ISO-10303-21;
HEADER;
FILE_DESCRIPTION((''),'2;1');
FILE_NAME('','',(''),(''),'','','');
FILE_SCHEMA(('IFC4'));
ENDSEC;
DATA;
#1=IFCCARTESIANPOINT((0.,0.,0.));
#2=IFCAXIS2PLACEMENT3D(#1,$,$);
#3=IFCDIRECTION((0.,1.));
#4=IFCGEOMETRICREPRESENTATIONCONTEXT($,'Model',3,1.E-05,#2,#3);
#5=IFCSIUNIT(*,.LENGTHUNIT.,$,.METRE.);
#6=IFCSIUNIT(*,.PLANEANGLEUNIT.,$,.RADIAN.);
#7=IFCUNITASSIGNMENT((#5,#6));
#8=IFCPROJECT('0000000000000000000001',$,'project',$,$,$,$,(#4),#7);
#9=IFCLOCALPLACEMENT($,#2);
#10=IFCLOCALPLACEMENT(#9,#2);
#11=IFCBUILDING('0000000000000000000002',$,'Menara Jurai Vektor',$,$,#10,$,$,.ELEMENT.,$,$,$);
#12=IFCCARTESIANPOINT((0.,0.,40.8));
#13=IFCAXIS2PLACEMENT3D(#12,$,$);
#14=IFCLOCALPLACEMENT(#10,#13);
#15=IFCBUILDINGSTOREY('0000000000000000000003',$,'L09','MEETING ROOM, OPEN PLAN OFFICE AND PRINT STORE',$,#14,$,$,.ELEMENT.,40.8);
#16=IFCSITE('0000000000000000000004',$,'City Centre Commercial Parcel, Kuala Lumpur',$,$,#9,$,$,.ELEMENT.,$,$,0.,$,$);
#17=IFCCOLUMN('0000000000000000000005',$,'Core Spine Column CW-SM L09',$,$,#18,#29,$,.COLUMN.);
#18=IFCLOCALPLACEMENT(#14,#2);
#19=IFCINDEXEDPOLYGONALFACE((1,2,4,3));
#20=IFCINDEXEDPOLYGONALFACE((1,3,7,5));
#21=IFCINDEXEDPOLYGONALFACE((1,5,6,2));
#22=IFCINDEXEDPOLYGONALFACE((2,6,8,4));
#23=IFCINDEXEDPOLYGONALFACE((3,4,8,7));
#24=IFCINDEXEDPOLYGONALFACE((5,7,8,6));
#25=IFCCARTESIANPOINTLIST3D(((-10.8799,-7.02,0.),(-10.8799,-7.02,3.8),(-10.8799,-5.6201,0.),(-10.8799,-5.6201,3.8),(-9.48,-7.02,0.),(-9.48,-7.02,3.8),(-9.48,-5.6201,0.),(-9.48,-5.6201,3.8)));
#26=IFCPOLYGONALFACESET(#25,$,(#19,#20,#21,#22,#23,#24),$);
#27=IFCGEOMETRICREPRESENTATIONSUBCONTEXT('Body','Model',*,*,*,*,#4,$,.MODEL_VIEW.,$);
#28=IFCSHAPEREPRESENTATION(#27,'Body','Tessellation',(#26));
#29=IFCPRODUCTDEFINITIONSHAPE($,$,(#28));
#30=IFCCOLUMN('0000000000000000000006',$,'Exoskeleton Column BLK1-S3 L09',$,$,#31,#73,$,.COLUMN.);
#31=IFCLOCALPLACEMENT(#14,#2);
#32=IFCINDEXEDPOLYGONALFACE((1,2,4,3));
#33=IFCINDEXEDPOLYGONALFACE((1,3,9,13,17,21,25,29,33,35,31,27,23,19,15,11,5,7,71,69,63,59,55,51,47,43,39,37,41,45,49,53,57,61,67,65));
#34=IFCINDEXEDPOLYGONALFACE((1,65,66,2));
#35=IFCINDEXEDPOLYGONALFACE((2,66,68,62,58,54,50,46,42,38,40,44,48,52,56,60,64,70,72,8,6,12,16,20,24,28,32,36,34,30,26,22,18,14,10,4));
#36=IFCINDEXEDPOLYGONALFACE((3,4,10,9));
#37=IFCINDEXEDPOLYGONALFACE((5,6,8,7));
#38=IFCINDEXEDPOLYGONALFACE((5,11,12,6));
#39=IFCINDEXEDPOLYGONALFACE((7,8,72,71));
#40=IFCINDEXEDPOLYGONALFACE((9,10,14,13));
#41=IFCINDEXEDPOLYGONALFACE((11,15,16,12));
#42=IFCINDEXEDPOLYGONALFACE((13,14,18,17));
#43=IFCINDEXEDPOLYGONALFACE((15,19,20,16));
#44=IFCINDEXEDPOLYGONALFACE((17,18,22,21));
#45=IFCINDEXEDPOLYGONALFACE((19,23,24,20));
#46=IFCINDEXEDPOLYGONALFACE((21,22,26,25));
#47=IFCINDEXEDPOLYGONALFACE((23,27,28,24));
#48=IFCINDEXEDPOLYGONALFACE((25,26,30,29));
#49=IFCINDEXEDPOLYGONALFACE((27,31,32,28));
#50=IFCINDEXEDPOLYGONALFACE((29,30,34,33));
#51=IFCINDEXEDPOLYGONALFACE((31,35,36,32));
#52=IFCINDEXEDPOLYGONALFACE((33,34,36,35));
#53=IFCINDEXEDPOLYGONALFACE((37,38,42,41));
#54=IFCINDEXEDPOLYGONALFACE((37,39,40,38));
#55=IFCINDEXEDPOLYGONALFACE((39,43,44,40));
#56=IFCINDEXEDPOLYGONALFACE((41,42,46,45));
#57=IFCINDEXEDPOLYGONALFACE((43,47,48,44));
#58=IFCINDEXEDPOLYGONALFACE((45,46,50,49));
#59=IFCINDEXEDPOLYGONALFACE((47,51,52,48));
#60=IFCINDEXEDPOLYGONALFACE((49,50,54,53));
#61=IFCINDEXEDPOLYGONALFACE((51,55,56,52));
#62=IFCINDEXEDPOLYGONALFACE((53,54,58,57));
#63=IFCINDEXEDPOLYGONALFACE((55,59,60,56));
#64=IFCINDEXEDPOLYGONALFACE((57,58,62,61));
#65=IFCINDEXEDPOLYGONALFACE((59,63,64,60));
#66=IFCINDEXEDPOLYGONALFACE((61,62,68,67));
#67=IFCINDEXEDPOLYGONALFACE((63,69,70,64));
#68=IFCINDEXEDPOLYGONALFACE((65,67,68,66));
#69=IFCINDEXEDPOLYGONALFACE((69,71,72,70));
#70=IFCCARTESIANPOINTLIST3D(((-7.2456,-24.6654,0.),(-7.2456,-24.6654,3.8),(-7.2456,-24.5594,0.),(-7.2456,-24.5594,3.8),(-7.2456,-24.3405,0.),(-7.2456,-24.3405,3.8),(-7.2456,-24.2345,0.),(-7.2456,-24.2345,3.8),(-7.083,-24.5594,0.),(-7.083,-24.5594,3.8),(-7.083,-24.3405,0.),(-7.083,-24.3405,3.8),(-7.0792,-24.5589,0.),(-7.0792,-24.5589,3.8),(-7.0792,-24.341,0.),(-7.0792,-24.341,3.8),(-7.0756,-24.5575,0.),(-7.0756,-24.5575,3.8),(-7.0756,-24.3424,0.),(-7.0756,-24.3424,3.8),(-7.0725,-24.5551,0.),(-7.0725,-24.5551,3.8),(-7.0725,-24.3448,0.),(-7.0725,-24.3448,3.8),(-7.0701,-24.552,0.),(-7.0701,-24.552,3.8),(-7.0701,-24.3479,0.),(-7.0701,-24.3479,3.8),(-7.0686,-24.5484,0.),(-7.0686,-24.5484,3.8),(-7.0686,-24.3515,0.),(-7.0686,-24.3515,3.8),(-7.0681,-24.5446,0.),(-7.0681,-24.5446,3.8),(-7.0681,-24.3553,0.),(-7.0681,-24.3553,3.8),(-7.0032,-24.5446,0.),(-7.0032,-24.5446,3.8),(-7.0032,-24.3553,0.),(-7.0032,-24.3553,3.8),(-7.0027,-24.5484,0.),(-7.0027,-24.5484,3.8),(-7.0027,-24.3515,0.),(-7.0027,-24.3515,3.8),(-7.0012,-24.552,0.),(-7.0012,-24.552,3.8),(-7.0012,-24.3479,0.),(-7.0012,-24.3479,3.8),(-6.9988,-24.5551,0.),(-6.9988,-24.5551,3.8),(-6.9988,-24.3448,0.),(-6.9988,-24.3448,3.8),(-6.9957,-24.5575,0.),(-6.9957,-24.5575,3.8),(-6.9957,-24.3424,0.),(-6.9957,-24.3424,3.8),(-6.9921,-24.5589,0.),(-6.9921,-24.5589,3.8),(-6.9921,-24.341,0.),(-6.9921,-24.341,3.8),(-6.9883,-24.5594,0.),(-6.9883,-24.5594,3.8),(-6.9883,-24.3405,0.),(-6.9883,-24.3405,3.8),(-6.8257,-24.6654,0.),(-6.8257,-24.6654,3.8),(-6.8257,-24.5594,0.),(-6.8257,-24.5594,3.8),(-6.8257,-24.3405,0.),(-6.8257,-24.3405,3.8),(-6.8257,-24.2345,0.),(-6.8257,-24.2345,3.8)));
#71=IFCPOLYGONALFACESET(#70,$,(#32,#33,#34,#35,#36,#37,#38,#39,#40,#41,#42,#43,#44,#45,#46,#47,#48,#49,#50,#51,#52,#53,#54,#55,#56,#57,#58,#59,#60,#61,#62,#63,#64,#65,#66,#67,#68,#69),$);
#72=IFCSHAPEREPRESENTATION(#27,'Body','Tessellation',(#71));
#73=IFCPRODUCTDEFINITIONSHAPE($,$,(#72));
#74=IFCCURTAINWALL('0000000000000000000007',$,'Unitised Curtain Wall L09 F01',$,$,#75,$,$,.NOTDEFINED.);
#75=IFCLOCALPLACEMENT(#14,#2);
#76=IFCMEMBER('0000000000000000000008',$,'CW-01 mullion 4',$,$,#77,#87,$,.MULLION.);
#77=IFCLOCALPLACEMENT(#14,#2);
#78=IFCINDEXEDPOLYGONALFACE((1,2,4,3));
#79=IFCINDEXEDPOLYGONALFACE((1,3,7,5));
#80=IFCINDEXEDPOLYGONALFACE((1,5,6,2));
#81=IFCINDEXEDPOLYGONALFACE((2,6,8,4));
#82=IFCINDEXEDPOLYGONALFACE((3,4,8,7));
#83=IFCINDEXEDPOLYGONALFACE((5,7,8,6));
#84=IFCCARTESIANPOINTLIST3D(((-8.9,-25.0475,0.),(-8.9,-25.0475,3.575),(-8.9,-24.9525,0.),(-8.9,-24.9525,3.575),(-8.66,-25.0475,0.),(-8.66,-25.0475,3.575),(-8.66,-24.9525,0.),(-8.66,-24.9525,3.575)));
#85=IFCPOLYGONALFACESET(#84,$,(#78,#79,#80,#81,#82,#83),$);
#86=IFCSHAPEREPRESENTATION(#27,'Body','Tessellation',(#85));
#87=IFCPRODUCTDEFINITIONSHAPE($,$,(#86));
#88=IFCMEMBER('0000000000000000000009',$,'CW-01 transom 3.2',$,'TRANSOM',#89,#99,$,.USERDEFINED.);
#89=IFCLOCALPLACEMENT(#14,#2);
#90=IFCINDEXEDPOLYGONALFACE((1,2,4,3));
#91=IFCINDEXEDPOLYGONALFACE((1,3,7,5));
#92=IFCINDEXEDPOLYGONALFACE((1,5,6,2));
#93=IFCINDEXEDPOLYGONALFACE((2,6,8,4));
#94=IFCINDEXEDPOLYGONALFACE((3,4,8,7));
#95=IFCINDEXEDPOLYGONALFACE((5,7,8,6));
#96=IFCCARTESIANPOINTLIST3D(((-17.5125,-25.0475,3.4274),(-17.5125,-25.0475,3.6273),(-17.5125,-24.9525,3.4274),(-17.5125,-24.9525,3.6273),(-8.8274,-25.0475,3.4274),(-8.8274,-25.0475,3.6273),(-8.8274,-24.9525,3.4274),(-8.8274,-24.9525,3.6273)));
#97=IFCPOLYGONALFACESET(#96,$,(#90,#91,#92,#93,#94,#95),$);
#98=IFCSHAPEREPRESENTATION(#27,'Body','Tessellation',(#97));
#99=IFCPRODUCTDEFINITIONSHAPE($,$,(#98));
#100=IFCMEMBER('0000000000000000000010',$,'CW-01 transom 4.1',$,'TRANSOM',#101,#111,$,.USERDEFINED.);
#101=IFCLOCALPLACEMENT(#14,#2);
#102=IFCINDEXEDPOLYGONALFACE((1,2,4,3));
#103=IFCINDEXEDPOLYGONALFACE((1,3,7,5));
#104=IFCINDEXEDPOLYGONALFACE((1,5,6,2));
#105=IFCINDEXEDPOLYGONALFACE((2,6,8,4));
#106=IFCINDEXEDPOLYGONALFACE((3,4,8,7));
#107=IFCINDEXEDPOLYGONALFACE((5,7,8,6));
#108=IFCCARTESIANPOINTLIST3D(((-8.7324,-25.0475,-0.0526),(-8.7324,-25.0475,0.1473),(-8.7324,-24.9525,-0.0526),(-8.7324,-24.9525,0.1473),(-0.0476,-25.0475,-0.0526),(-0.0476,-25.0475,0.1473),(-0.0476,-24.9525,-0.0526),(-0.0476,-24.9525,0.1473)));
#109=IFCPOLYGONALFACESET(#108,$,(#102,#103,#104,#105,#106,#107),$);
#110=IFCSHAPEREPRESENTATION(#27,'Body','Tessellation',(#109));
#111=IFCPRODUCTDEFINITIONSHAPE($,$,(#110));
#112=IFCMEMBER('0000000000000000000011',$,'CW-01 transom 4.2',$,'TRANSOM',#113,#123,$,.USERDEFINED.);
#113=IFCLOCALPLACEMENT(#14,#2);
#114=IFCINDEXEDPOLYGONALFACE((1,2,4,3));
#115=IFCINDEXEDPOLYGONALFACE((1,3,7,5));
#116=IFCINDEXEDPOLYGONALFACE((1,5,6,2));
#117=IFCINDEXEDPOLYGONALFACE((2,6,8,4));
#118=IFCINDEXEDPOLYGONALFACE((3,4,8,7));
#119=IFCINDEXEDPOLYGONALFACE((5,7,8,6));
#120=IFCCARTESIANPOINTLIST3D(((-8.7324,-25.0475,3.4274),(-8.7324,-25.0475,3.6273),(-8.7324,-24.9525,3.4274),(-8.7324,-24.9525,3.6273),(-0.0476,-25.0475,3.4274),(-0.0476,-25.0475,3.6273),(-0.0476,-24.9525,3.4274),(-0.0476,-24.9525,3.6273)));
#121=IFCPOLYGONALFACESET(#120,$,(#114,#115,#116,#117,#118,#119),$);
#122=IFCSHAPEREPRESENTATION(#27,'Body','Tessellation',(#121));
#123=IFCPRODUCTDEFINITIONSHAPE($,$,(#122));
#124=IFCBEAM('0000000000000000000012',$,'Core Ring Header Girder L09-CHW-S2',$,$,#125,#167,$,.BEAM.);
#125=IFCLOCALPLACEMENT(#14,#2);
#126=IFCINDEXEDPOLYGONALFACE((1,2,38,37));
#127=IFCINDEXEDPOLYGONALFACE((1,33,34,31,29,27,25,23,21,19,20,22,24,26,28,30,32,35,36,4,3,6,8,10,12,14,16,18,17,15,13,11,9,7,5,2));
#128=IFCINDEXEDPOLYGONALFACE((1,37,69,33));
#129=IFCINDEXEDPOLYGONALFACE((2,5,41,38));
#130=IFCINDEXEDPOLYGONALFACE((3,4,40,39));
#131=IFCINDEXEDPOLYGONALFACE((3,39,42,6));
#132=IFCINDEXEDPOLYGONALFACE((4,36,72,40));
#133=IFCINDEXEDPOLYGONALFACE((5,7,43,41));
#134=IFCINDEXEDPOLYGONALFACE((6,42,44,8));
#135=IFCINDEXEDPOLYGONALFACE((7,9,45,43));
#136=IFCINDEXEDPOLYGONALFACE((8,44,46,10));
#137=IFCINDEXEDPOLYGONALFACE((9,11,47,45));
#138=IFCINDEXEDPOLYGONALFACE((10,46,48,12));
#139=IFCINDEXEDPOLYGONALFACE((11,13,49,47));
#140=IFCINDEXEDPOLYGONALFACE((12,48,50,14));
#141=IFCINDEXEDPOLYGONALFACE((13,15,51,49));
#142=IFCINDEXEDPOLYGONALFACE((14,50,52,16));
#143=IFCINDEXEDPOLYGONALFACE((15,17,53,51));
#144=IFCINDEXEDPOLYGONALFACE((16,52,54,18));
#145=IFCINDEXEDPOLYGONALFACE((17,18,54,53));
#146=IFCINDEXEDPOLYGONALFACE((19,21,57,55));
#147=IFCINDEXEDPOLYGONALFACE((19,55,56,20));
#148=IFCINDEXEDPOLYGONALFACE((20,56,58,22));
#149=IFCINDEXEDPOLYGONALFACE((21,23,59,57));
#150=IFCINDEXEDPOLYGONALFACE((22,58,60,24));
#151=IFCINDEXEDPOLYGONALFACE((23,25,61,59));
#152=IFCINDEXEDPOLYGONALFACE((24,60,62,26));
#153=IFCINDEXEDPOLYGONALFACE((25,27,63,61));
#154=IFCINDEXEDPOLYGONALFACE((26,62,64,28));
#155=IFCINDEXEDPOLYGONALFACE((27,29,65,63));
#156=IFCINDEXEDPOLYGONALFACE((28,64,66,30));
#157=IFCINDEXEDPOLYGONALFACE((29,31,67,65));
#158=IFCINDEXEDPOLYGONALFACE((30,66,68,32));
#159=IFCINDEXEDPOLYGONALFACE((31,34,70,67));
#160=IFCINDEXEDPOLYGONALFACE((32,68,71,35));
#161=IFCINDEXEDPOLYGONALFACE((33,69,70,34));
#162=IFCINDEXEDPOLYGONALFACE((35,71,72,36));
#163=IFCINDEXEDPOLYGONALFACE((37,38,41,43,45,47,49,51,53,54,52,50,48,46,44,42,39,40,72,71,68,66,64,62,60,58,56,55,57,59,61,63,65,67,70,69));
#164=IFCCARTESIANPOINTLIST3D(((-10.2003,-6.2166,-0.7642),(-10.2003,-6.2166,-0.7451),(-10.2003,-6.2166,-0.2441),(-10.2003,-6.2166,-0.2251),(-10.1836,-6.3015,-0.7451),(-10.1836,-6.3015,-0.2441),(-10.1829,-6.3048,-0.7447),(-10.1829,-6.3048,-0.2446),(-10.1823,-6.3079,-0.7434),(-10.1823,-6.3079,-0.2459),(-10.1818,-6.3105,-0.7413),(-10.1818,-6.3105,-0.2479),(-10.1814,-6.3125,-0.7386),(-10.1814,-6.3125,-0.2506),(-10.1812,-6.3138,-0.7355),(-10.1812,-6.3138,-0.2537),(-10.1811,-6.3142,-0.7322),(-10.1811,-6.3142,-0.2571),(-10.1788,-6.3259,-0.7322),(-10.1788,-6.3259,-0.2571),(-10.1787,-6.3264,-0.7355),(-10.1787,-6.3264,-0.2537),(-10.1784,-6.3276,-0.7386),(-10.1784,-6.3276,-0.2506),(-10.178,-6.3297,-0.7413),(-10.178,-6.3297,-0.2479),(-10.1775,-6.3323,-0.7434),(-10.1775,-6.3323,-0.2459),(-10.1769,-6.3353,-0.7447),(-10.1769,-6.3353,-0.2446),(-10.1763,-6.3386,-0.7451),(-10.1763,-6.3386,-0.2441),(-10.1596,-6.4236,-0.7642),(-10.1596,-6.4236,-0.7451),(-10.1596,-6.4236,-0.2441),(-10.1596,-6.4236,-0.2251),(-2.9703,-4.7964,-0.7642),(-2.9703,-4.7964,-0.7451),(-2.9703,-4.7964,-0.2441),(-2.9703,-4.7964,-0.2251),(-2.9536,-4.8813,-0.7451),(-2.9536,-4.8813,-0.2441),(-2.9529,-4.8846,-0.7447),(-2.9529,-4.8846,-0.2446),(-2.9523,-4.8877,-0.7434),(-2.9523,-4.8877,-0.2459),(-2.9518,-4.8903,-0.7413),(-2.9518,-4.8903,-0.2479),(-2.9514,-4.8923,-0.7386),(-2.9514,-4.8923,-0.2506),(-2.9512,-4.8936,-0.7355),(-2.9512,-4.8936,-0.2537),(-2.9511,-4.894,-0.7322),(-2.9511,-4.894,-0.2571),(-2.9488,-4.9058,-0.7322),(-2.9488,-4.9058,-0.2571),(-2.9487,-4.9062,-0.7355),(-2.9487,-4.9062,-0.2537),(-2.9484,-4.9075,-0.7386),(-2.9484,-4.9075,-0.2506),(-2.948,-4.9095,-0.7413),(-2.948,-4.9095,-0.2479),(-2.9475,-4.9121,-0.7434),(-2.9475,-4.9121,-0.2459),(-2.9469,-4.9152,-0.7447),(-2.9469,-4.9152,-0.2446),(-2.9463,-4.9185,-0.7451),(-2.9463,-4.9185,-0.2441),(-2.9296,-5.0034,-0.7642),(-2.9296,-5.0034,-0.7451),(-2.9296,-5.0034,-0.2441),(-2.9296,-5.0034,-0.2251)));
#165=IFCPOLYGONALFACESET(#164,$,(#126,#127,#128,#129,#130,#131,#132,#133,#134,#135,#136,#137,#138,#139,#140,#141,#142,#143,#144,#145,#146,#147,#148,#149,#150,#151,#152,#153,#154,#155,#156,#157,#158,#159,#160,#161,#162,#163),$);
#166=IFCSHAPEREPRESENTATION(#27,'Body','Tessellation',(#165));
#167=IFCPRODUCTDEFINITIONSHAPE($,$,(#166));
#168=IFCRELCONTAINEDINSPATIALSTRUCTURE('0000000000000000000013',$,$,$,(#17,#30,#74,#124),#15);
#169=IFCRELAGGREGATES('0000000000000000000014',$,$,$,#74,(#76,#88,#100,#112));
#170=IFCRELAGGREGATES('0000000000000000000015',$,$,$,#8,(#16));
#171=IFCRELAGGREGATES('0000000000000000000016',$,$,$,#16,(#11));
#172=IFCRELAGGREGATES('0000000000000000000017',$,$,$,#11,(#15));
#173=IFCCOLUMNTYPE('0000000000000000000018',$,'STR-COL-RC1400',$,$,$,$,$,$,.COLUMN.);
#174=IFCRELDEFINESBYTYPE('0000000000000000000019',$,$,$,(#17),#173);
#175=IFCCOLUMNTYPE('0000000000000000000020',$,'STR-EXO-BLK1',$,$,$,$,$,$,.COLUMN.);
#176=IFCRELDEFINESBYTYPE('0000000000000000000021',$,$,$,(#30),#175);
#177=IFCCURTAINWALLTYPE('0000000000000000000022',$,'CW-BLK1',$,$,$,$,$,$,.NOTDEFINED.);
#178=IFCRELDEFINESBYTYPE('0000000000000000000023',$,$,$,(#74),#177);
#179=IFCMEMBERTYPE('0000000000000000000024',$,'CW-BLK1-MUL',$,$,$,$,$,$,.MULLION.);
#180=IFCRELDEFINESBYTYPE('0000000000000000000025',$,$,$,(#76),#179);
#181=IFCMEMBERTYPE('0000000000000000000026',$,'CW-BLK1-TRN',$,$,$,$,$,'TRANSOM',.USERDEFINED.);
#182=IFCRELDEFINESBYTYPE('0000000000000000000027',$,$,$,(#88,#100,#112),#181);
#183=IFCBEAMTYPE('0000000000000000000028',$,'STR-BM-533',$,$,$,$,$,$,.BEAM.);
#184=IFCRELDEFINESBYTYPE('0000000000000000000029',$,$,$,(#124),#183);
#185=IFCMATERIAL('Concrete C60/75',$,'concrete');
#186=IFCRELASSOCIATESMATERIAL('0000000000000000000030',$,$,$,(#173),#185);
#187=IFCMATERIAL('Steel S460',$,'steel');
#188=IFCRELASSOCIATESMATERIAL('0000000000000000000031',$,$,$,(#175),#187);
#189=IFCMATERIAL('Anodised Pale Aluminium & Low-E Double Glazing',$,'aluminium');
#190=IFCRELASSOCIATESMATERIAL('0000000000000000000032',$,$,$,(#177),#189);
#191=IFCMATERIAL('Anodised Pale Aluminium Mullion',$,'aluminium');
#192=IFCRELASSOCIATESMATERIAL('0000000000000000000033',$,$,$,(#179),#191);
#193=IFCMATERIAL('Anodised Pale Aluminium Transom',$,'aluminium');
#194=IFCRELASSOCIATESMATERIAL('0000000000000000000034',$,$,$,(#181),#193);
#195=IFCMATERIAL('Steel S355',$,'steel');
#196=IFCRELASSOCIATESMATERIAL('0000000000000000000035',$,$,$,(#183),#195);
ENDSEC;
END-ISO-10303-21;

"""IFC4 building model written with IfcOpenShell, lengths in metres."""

from ifc_helpers import new_model, si_unit, direction, frame, origin, origin_2d, place, context, subcontext, project, spatial, rectangle, i_section, extrude, material, material_profile, profile_set, type_object, element, aggregate, save


model = new_model("IFC4")

# Units and contexts
model_context = context("Model", 3, precision=1e-05, world=origin(), true_north=direction((0.0, 1.0)))
body_context = subcontext(model_context, "Body", "Model", "MODEL_VIEW")
ifc_project = project(units=[si_unit("LENGTHUNIT", "METRE"), si_unit("PLANEANGLEUNIT", "RADIAN")], contexts=[model_context])

# Site, building, storey
site_placement = place(None, origin())
site = spatial("IfcSite", under=ifc_project, at=site_placement, Name="City Centre Commercial Parcel, Kuala Lumpur", CompositionType="ELEMENT", RefElevation=0.0)
building_placement = place(site_placement, origin())
building = spatial("IfcBuilding", under=site, at=building_placement, Name="Menara Jurai Vektor", CompositionType="ELEMENT")
storey_placement = place(building_placement, frame((0.0, 0.0, 40.8)))
storey = spatial("IfcBuildingStorey", under=building, at=storey_placement, Name="L09", Description="MEETING ROOM, OPEN PLAN OFFICE AND PRINT STORE", CompositionType="ELEMENT", Elevation=40.8)

# Columns
ifc_material_1 = material(Name="Concrete C60/75", Category="concrete")
ifc_material_profile_1 = material_profile(ifc_material_1, rectangle(XDim=1.3999, YDim=1.3999, at=origin_2d()), Name="RC 1400x1400")
ifc_profile_set_1 = profile_set([ifc_material_profile_1], Name="Concrete C60/75")
column_type_1 = type_object("IfcColumnType", Name="STR-COL-RC1400", PredefinedType="COLUMN", material=ifc_profile_set_1)
column_1_placement = place(storey_placement, frame((-10.1799, -6.3201, 0.0), z_axis=(0.0, 0.0, 1.0), x_axis=(1.0, 0.0, 0.0)))
element("IfcColumn", 1, at=column_1_placement, inside=storey, type_object=column_type_1, Name="Core Spine Column CW-SM L09", PredefinedType="COLUMN", context=body_context, shape_type="SweptSolid", body=[
    extrude(rectangle(XDim=1.3999, YDim=1.3999, at=origin_2d()), origin(), (0.0, 0.0, 1.0), 3.8),
])
ifc_material_2 = material(Name="Steel S460", Category="steel")
ifc_material_profile_2 = material_profile(ifc_material_2, i_section(OverallWidth=0.4199, OverallDepth=0.4309, WebThickness=0.0649, FlangeThickness=0.106, FilletRadius=0.0149, at=origin_2d()), Name="HD 400x900")
ifc_profile_set_2 = profile_set([ifc_material_profile_2], Name="Steel S460")
column_type_2 = type_object("IfcColumnType", Name="STR-EXO-BLK1", PredefinedType="COLUMN", material=ifc_profile_set_2)
column_2_placement = place(storey_placement, frame((-7.0356, -24.45, 0.0), z_axis=(0.0, 0.0, 1.0), x_axis=(1.0, 0.0, 0.0)))
element("IfcColumn", 2, at=column_2_placement, inside=storey, type_object=column_type_2, Name="Exoskeleton Column BLK1-S3 L09", PredefinedType="COLUMN", context=body_context, shape_type="SweptSolid", body=[
    extrude(i_section(OverallWidth=0.4199, OverallDepth=0.4309, WebThickness=0.0649, FlangeThickness=0.106, FilletRadius=0.0149, at=origin_2d()), origin(), (0.0, 0.0, 1.0), 3.8),
])

# Curtain wall, members
ifc_material_3 = material(Name="Anodised Pale Aluminium & Low-E Double Glazing", Category="aluminium")
curtain_wall_type = type_object("IfcCurtainWallType", Name="CW-BLK1", PredefinedType="NOTDEFINED", material=ifc_material_3)
curtain_wall_placement = place(storey_placement, origin())
curtain_wall = element("IfcCurtainWall", 3, at=curtain_wall_placement, inside=storey, type_object=curtain_wall_type, Name="Unitised Curtain Wall L09 F01", PredefinedType="NOTDEFINED")
ifc_material_4 = material(Name="Anodised Pale Aluminium Mullion", Category="aluminium")
ifc_material_profile_3 = material_profile(ifc_material_4, rectangle(XDim=0.095, YDim=0.24, at=origin_2d()), Name="ALU MUL 95x240")
ifc_profile_set_3 = profile_set([ifc_material_profile_3], Name="Anodised Pale Aluminium Mullion")
member_type_1 = type_object("IfcMemberType", Name="CW-BLK1-MUL", PredefinedType="MULLION", material=ifc_profile_set_3)
member_1_placement = place(storey_placement, frame((-8.78, -25.0, 0.0), z_axis=(0.0, 0.0, 1.0), x_axis=(0.0, 1.0, 0.0)))
member_1 = element("IfcMember", 4, at=member_1_placement, type_object=member_type_1, Name="CW-01 mullion 4", PredefinedType="MULLION", context=body_context, shape_type="SweptSolid", body=[
    extrude(rectangle(XDim=0.095, YDim=0.24, at=origin_2d()), origin(), (0.0, 0.0, 1.0), 3.575),
])
ifc_material_5 = material(Name="Anodised Pale Aluminium Transom", Category="aluminium")
ifc_material_profile_4 = material_profile(ifc_material_5, rectangle(XDim=0.095, YDim=0.2, at=origin_2d()), Name="ALU TRN 95x200")
ifc_profile_set_4 = profile_set([ifc_material_profile_4], Name="Anodised Pale Aluminium Transom")
member_type_2 = type_object("IfcMemberType", Name="CW-BLK1-TRN", ElementType="TRANSOM", PredefinedType="USERDEFINED", material=ifc_profile_set_4)
member_2_placement = place(storey_placement, frame((-17.5125, -25.0, 3.5273), z_axis=(1.0, 0.0, 0.0), x_axis=(0.0, 1.0, 0.0)))
member_2 = element("IfcMember", 5, at=member_2_placement, type_object=member_type_2, Name="CW-01 transom 3.2", ObjectType="TRANSOM", PredefinedType="USERDEFINED", context=body_context, shape_type="SweptSolid", body=[
    extrude(rectangle(XDim=0.095, YDim=0.2, at=origin_2d()), origin(), (0.0, 0.0, 1.0), 8.6851),
])
member_3_placement = place(storey_placement, frame((-8.7324, -25.0, 0.0474), z_axis=(1.0, 0.0, 0.0), x_axis=(0.0, 1.0, 0.0)))
member_3 = element("IfcMember", 6, at=member_3_placement, type_object=member_type_2, Name="CW-01 transom 4.1", ObjectType="TRANSOM", PredefinedType="USERDEFINED", context=body_context, shape_type="SweptSolid", body=[
    extrude(rectangle(XDim=0.095, YDim=0.2, at=origin_2d()), origin(), (0.0, 0.0, 1.0), 8.6848),
])
member_4_placement = place(storey_placement, frame((-8.7324, -25.0, 3.5273), z_axis=(1.0, 0.0, 0.0), x_axis=(0.0, 1.0, 0.0)))
member_4 = element("IfcMember", 7, at=member_4_placement, type_object=member_type_2, Name="CW-01 transom 4.2", ObjectType="TRANSOM", PredefinedType="USERDEFINED", context=body_context, shape_type="SweptSolid", body=[
    extrude(rectangle(XDim=0.095, YDim=0.2, at=origin_2d()), origin(), (0.0, 0.0, 1.0), 8.6848),
])

# Beam
ifc_material_6 = material(Name="Steel S355", Category="steel")
ifc_material_profile_5 = material_profile(ifc_material_6, i_section(OverallWidth=0.2109, OverallDepth=0.5391, WebThickness=0.012, FlangeThickness=0.019, FilletRadius=0.0129, at=origin_2d()), Name="UKB 533x210x109")
ifc_profile_set_5 = profile_set([ifc_material_profile_5], Name="Steel S355")
beam_type_1 = type_object("IfcBeamType", Name="STR-BM-533", PredefinedType="BEAM", material=ifc_profile_set_5)
beam_1_placement = place(storey_placement, frame((-10.1799, -6.3201, -0.4946), z_axis=(0.981249, 0.192744, 0.0), x_axis=(-0.192744, 0.981249, 0.0)))
element("IfcBeam", 8, at=beam_1_placement, inside=storey, type_object=beam_type_1, Name="Core Ring Header Girder L09-CHW-S2", PredefinedType="BEAM", context=body_context, shape_type="SweptSolid", body=[
    extrude(i_section(OverallWidth=0.2109, OverallDepth=0.5391, WebThickness=0.012, FlangeThickness=0.019, FilletRadius=0.0129, at=origin_2d()), origin(), (0.0, 0.0, 1.0), 7.3682),
])

aggregate(curtain_wall, [member_1, member_2, member_3, member_4])

save(model, "model.ifc")
